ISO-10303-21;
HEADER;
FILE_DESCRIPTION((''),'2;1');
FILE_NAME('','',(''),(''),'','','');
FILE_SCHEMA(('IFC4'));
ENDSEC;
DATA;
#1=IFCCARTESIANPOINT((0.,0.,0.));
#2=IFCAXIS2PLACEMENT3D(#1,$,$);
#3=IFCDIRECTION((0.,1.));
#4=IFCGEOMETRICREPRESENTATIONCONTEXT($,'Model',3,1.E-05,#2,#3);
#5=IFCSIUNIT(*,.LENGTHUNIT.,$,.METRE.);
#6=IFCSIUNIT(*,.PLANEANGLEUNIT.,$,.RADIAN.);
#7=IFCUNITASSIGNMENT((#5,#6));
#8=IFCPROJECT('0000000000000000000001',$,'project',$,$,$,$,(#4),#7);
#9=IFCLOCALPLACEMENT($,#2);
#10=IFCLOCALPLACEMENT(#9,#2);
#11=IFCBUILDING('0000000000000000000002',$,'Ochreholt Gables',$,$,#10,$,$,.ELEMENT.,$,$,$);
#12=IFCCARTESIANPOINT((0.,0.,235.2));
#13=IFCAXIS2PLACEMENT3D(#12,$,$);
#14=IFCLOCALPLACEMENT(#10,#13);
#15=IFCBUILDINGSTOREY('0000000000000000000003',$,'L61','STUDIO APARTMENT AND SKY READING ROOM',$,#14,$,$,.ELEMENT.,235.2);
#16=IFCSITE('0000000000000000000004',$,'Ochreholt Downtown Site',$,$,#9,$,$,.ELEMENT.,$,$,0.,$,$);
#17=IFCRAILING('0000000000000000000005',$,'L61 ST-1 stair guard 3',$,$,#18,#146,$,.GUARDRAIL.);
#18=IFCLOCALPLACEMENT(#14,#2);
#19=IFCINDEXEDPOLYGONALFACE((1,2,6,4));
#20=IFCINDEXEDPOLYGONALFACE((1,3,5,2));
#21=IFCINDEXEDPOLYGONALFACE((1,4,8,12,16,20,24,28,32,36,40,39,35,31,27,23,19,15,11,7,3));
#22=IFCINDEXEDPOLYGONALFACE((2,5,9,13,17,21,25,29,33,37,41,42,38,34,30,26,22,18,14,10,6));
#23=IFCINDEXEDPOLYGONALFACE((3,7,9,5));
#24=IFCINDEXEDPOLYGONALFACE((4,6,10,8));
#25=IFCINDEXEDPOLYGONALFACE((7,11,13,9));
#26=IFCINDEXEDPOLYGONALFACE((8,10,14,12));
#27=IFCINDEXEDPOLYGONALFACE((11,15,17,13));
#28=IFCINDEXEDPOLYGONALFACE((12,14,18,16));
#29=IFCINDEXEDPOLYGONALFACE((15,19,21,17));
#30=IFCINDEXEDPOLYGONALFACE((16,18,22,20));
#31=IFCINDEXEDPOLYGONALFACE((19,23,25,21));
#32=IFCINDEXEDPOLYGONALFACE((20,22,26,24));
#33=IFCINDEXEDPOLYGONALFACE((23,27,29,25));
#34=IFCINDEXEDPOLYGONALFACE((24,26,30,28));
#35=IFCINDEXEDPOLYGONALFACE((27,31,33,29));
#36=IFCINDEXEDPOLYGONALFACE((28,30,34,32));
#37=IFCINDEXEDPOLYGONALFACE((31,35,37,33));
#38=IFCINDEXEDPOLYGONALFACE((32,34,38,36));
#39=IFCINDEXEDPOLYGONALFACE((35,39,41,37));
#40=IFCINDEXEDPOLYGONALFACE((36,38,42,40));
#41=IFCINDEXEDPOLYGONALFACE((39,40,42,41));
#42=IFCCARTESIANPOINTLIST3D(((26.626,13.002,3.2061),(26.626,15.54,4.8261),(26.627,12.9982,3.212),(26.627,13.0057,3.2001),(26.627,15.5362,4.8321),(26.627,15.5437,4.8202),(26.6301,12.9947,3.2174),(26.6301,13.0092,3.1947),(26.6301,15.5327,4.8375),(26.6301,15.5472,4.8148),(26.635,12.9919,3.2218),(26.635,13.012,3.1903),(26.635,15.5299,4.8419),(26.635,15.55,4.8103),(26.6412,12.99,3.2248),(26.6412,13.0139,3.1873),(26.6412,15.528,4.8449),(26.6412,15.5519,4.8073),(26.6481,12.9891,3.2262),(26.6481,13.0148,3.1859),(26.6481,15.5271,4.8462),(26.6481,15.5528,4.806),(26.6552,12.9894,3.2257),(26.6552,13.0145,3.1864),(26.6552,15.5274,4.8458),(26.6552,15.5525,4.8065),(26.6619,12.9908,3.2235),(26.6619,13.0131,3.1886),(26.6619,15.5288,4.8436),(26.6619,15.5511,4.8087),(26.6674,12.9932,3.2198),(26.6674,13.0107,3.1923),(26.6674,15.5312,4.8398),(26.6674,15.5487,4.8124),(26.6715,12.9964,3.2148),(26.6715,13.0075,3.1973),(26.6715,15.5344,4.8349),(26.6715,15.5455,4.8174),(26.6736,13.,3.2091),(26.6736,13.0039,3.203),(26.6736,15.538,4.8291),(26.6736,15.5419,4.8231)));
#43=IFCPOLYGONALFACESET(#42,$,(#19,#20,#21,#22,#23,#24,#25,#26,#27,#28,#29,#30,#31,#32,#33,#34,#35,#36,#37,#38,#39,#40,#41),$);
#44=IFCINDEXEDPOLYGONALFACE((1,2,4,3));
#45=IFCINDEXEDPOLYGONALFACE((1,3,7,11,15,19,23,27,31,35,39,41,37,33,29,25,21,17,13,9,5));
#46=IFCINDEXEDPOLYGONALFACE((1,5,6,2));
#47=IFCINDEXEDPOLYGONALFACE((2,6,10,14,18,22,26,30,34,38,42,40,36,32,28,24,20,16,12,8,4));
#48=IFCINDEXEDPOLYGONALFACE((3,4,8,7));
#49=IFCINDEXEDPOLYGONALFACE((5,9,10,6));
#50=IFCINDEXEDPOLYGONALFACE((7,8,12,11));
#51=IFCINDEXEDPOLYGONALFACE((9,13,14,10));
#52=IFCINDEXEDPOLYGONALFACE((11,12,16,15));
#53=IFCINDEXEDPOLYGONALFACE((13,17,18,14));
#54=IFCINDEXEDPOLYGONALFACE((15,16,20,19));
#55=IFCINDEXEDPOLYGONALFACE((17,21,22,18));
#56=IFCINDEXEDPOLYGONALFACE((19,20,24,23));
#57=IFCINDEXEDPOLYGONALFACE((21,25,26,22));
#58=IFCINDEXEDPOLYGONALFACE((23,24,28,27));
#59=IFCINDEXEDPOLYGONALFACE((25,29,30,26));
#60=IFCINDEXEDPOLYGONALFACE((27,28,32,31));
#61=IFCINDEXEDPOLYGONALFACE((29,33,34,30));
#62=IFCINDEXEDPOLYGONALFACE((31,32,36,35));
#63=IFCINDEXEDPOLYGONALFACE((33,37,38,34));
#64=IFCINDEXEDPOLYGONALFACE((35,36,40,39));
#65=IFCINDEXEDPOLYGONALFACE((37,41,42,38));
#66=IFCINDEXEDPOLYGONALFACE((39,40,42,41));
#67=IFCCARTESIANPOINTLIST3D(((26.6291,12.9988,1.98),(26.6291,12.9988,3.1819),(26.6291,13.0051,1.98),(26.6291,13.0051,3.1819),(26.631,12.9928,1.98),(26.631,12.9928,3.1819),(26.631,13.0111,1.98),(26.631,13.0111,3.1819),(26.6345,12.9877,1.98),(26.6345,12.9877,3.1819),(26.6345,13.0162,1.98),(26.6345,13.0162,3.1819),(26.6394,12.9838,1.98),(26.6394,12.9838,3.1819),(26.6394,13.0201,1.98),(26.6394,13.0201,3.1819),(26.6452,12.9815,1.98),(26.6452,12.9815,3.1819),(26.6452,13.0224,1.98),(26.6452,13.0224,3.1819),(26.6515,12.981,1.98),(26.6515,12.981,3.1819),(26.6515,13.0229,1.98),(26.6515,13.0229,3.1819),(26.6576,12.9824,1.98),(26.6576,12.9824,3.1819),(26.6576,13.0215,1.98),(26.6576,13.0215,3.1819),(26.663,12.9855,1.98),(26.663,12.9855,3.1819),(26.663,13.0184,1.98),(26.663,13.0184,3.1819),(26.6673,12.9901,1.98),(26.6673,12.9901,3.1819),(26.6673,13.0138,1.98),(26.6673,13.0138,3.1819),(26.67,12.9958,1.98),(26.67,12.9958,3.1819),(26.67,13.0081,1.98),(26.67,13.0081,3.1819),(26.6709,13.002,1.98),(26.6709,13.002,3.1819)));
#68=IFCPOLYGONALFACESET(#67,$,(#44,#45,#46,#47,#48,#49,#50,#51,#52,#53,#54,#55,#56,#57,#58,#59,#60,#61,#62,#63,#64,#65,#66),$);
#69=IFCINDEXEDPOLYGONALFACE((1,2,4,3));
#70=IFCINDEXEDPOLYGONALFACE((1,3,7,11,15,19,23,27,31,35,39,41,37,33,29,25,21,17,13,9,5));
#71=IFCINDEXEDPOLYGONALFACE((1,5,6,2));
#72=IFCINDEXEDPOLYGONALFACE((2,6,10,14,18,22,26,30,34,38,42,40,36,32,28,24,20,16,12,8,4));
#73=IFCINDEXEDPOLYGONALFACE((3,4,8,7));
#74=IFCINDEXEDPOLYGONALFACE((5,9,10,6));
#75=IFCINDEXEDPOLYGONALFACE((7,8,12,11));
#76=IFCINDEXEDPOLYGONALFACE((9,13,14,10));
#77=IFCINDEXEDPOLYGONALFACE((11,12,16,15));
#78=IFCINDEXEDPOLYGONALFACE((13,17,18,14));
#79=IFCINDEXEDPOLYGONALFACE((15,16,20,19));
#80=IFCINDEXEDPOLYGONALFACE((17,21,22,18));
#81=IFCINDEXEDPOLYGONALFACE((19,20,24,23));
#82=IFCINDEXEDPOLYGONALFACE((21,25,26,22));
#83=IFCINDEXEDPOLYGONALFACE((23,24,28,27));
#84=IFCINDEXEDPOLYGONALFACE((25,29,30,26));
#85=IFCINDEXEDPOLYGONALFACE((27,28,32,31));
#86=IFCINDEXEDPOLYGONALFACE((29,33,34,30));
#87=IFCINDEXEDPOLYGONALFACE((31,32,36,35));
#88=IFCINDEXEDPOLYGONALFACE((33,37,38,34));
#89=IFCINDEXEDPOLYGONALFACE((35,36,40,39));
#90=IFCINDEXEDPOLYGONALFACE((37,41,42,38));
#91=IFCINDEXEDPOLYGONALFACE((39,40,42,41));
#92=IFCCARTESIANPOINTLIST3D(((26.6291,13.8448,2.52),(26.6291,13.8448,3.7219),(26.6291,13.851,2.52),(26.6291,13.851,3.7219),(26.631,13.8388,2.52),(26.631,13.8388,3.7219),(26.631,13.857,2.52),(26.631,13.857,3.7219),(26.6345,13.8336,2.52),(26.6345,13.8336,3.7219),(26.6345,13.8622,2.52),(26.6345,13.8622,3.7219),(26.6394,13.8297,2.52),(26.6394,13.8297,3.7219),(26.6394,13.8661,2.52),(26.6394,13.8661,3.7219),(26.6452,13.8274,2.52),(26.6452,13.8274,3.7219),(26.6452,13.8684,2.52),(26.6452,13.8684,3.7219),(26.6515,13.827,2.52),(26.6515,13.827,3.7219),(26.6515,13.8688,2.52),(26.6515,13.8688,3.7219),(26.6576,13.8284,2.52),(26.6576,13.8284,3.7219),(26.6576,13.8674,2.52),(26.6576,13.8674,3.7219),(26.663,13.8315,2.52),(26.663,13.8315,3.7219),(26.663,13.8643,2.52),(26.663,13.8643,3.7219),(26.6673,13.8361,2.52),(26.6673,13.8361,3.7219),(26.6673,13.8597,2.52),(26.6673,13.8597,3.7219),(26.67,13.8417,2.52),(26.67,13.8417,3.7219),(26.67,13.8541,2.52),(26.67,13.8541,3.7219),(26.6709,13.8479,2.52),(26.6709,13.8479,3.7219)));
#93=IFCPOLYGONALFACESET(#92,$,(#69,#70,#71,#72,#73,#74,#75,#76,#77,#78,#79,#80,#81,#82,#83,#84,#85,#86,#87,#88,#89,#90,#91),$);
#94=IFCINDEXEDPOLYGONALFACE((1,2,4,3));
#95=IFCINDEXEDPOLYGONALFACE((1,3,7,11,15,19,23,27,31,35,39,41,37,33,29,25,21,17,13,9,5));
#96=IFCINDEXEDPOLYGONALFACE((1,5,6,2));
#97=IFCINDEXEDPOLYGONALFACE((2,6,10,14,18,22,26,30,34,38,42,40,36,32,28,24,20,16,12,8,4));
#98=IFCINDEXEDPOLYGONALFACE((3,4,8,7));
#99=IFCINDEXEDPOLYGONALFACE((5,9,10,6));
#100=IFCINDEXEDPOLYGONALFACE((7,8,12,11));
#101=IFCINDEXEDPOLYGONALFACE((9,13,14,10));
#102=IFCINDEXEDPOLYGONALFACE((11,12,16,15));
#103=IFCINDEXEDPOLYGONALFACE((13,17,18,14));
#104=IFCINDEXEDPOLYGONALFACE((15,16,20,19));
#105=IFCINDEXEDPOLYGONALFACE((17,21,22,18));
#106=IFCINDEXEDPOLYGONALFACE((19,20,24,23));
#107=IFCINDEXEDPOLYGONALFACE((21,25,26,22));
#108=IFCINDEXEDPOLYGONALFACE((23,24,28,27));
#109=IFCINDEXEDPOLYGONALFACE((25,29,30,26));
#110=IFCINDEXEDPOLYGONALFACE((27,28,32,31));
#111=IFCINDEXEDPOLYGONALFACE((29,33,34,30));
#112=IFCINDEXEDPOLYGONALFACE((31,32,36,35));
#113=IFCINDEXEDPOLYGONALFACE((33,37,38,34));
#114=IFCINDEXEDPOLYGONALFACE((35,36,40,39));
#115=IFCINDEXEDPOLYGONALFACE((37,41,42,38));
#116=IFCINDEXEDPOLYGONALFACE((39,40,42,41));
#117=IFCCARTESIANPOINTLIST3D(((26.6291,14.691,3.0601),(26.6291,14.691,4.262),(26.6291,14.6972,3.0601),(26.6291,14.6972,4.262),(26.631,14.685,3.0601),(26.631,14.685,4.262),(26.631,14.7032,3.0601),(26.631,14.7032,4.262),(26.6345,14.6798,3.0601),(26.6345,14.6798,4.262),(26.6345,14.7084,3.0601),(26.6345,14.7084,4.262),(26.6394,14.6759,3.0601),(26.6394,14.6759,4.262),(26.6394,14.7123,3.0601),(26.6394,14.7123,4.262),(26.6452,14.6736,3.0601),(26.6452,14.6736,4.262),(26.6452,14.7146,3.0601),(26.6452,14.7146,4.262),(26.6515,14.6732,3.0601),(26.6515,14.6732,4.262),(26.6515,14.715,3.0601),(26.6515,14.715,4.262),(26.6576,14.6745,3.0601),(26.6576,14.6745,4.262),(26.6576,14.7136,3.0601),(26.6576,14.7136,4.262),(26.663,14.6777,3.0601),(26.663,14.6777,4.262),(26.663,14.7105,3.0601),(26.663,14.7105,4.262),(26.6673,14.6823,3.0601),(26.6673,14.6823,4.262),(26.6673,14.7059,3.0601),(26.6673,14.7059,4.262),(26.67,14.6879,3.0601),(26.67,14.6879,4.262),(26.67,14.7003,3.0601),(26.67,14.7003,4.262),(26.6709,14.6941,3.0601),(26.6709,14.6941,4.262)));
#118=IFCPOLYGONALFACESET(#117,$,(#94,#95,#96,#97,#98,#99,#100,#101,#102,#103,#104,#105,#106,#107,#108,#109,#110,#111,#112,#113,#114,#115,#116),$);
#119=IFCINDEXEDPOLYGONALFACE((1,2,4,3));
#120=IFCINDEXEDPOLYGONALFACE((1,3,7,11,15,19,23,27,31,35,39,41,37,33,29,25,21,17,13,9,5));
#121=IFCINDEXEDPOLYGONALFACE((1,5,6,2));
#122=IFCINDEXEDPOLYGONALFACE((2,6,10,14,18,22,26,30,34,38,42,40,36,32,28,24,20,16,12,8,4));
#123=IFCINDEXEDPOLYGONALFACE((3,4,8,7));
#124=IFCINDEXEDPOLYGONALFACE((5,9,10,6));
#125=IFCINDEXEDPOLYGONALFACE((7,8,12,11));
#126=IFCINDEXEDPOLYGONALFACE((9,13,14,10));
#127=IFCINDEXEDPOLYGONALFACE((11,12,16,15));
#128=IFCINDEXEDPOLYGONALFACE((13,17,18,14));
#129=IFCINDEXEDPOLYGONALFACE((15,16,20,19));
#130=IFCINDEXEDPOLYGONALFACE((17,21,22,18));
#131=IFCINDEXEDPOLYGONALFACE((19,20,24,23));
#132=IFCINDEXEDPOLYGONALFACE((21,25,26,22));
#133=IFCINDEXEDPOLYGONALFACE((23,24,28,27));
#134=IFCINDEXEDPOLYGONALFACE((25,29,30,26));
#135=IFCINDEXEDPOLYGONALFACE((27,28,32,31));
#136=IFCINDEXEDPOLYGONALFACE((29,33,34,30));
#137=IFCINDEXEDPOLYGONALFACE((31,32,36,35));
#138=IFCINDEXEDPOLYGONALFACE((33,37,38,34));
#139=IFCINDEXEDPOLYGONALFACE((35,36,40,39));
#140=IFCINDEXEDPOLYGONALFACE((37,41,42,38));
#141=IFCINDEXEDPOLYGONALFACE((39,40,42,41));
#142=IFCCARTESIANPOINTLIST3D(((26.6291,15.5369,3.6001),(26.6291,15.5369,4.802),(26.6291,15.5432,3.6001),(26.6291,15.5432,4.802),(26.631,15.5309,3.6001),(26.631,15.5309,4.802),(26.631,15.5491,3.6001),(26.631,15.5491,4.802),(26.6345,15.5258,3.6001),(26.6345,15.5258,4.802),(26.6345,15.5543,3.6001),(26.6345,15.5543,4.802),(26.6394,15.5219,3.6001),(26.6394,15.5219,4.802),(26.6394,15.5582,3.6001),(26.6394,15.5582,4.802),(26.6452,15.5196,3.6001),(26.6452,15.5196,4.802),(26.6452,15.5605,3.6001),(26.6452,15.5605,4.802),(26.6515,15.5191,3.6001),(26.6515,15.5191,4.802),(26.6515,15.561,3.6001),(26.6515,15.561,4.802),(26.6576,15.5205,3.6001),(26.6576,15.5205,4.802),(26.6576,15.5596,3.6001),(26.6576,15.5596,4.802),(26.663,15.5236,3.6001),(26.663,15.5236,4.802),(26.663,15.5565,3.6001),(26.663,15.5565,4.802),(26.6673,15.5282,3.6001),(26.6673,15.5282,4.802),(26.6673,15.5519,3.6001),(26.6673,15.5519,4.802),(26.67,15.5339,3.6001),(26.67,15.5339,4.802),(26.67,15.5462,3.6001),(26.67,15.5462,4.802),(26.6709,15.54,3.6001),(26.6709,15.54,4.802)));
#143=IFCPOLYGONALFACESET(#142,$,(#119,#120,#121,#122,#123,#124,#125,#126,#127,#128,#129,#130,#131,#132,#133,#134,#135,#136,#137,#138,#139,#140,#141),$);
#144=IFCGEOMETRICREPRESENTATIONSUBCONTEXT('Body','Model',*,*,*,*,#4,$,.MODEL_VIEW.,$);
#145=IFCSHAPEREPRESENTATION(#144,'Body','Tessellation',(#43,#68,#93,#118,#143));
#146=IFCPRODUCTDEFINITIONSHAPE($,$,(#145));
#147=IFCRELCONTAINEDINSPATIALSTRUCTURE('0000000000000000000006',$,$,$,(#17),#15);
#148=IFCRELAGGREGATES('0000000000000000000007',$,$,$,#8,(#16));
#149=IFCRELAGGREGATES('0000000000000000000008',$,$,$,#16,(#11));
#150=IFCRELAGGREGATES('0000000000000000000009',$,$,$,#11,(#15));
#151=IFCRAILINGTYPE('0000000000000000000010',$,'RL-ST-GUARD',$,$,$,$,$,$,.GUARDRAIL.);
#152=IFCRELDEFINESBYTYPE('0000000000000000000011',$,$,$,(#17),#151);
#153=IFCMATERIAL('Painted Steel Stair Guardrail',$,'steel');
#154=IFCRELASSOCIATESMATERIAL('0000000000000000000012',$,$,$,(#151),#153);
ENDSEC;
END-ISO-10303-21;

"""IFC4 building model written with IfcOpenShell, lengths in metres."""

from ifc_helpers import new_model, si_unit, direction, frame, origin, origin_2d, place, context, subcontext, project, spatial, circle, extrude, material, type_object, element, save


model = new_model("IFC4")

# Units and contexts
model_context = context("Model", 3, precision=1e-05, world=origin(), true_north=direction((0.0, 1.0)))
body_context = subcontext(model_context, "Body", "Model", "MODEL_VIEW")
ifc_project = project(units=[si_unit("LENGTHUNIT", "METRE"), si_unit("PLANEANGLEUNIT", "RADIAN")], contexts=[model_context])

# Site, building, storey
site_placement = place(None, origin())
site = spatial("IfcSite", under=ifc_project, at=site_placement, Name="Ochreholt Downtown Site", CompositionType="ELEMENT", RefElevation=0.0)
building_placement = place(site_placement, origin())
building = spatial("IfcBuilding", under=site, at=building_placement, Name="Ochreholt Gables", CompositionType="ELEMENT")
storey_placement = place(building_placement, frame((0.0, 0.0, 235.2)))
storey = spatial("IfcBuildingStorey", under=building, at=storey_placement, Name="L61", Description="STUDIO APARTMENT AND SKY READING ROOM", CompositionType="ELEMENT", Elevation=235.2)

# Railing
ifc_material_1 = material(Name="Painted Steel Stair Guardrail", Category="steel")
railing_type_1 = type_object("IfcRailingType", Name="RL-ST-GUARD", PredefinedType="GUARDRAIL", material=ifc_material_1)
railing_1_placement = place(storey_placement, frame((26.6499, 13.002, 1.98)))
element("IfcRailing", 1, at=railing_1_placement, inside=storey, type_object=railing_type_1, Name="L61 ST-1 stair guard 3", PredefinedType="GUARDRAIL", context=body_context, shape_type="SweptSolid", body=[
    extrude(circle(Radius=0.0239, at=origin_2d()), frame((0.0, 0.0, 1.2261), z_axis=(0.0, 0.842913, 0.53805), x_axis=(-1.0, 0.0, 0.0)), (0.0, 0.0, 1.0), 3.011),
    extrude(circle(Radius=0.021, at=origin_2d()), origin(), (0.0, 0.0, 1.0), 1.2019),
    extrude(circle(Radius=0.021, at=origin_2d()), frame((0.0, 0.8459, 0.54)), (0.0, 0.0, 1.0), 1.2019),
    extrude(circle(Radius=0.021, at=origin_2d()), frame((0.0, 1.6921, 1.0801)), (0.0, 0.0, 1.0), 1.2019),
    extrude(circle(Radius=0.021, at=origin_2d()), frame((0.0, 2.5381, 1.6201)), (0.0, 0.0, 1.0), 1.2019),
])

save(model, "model.ifc")
